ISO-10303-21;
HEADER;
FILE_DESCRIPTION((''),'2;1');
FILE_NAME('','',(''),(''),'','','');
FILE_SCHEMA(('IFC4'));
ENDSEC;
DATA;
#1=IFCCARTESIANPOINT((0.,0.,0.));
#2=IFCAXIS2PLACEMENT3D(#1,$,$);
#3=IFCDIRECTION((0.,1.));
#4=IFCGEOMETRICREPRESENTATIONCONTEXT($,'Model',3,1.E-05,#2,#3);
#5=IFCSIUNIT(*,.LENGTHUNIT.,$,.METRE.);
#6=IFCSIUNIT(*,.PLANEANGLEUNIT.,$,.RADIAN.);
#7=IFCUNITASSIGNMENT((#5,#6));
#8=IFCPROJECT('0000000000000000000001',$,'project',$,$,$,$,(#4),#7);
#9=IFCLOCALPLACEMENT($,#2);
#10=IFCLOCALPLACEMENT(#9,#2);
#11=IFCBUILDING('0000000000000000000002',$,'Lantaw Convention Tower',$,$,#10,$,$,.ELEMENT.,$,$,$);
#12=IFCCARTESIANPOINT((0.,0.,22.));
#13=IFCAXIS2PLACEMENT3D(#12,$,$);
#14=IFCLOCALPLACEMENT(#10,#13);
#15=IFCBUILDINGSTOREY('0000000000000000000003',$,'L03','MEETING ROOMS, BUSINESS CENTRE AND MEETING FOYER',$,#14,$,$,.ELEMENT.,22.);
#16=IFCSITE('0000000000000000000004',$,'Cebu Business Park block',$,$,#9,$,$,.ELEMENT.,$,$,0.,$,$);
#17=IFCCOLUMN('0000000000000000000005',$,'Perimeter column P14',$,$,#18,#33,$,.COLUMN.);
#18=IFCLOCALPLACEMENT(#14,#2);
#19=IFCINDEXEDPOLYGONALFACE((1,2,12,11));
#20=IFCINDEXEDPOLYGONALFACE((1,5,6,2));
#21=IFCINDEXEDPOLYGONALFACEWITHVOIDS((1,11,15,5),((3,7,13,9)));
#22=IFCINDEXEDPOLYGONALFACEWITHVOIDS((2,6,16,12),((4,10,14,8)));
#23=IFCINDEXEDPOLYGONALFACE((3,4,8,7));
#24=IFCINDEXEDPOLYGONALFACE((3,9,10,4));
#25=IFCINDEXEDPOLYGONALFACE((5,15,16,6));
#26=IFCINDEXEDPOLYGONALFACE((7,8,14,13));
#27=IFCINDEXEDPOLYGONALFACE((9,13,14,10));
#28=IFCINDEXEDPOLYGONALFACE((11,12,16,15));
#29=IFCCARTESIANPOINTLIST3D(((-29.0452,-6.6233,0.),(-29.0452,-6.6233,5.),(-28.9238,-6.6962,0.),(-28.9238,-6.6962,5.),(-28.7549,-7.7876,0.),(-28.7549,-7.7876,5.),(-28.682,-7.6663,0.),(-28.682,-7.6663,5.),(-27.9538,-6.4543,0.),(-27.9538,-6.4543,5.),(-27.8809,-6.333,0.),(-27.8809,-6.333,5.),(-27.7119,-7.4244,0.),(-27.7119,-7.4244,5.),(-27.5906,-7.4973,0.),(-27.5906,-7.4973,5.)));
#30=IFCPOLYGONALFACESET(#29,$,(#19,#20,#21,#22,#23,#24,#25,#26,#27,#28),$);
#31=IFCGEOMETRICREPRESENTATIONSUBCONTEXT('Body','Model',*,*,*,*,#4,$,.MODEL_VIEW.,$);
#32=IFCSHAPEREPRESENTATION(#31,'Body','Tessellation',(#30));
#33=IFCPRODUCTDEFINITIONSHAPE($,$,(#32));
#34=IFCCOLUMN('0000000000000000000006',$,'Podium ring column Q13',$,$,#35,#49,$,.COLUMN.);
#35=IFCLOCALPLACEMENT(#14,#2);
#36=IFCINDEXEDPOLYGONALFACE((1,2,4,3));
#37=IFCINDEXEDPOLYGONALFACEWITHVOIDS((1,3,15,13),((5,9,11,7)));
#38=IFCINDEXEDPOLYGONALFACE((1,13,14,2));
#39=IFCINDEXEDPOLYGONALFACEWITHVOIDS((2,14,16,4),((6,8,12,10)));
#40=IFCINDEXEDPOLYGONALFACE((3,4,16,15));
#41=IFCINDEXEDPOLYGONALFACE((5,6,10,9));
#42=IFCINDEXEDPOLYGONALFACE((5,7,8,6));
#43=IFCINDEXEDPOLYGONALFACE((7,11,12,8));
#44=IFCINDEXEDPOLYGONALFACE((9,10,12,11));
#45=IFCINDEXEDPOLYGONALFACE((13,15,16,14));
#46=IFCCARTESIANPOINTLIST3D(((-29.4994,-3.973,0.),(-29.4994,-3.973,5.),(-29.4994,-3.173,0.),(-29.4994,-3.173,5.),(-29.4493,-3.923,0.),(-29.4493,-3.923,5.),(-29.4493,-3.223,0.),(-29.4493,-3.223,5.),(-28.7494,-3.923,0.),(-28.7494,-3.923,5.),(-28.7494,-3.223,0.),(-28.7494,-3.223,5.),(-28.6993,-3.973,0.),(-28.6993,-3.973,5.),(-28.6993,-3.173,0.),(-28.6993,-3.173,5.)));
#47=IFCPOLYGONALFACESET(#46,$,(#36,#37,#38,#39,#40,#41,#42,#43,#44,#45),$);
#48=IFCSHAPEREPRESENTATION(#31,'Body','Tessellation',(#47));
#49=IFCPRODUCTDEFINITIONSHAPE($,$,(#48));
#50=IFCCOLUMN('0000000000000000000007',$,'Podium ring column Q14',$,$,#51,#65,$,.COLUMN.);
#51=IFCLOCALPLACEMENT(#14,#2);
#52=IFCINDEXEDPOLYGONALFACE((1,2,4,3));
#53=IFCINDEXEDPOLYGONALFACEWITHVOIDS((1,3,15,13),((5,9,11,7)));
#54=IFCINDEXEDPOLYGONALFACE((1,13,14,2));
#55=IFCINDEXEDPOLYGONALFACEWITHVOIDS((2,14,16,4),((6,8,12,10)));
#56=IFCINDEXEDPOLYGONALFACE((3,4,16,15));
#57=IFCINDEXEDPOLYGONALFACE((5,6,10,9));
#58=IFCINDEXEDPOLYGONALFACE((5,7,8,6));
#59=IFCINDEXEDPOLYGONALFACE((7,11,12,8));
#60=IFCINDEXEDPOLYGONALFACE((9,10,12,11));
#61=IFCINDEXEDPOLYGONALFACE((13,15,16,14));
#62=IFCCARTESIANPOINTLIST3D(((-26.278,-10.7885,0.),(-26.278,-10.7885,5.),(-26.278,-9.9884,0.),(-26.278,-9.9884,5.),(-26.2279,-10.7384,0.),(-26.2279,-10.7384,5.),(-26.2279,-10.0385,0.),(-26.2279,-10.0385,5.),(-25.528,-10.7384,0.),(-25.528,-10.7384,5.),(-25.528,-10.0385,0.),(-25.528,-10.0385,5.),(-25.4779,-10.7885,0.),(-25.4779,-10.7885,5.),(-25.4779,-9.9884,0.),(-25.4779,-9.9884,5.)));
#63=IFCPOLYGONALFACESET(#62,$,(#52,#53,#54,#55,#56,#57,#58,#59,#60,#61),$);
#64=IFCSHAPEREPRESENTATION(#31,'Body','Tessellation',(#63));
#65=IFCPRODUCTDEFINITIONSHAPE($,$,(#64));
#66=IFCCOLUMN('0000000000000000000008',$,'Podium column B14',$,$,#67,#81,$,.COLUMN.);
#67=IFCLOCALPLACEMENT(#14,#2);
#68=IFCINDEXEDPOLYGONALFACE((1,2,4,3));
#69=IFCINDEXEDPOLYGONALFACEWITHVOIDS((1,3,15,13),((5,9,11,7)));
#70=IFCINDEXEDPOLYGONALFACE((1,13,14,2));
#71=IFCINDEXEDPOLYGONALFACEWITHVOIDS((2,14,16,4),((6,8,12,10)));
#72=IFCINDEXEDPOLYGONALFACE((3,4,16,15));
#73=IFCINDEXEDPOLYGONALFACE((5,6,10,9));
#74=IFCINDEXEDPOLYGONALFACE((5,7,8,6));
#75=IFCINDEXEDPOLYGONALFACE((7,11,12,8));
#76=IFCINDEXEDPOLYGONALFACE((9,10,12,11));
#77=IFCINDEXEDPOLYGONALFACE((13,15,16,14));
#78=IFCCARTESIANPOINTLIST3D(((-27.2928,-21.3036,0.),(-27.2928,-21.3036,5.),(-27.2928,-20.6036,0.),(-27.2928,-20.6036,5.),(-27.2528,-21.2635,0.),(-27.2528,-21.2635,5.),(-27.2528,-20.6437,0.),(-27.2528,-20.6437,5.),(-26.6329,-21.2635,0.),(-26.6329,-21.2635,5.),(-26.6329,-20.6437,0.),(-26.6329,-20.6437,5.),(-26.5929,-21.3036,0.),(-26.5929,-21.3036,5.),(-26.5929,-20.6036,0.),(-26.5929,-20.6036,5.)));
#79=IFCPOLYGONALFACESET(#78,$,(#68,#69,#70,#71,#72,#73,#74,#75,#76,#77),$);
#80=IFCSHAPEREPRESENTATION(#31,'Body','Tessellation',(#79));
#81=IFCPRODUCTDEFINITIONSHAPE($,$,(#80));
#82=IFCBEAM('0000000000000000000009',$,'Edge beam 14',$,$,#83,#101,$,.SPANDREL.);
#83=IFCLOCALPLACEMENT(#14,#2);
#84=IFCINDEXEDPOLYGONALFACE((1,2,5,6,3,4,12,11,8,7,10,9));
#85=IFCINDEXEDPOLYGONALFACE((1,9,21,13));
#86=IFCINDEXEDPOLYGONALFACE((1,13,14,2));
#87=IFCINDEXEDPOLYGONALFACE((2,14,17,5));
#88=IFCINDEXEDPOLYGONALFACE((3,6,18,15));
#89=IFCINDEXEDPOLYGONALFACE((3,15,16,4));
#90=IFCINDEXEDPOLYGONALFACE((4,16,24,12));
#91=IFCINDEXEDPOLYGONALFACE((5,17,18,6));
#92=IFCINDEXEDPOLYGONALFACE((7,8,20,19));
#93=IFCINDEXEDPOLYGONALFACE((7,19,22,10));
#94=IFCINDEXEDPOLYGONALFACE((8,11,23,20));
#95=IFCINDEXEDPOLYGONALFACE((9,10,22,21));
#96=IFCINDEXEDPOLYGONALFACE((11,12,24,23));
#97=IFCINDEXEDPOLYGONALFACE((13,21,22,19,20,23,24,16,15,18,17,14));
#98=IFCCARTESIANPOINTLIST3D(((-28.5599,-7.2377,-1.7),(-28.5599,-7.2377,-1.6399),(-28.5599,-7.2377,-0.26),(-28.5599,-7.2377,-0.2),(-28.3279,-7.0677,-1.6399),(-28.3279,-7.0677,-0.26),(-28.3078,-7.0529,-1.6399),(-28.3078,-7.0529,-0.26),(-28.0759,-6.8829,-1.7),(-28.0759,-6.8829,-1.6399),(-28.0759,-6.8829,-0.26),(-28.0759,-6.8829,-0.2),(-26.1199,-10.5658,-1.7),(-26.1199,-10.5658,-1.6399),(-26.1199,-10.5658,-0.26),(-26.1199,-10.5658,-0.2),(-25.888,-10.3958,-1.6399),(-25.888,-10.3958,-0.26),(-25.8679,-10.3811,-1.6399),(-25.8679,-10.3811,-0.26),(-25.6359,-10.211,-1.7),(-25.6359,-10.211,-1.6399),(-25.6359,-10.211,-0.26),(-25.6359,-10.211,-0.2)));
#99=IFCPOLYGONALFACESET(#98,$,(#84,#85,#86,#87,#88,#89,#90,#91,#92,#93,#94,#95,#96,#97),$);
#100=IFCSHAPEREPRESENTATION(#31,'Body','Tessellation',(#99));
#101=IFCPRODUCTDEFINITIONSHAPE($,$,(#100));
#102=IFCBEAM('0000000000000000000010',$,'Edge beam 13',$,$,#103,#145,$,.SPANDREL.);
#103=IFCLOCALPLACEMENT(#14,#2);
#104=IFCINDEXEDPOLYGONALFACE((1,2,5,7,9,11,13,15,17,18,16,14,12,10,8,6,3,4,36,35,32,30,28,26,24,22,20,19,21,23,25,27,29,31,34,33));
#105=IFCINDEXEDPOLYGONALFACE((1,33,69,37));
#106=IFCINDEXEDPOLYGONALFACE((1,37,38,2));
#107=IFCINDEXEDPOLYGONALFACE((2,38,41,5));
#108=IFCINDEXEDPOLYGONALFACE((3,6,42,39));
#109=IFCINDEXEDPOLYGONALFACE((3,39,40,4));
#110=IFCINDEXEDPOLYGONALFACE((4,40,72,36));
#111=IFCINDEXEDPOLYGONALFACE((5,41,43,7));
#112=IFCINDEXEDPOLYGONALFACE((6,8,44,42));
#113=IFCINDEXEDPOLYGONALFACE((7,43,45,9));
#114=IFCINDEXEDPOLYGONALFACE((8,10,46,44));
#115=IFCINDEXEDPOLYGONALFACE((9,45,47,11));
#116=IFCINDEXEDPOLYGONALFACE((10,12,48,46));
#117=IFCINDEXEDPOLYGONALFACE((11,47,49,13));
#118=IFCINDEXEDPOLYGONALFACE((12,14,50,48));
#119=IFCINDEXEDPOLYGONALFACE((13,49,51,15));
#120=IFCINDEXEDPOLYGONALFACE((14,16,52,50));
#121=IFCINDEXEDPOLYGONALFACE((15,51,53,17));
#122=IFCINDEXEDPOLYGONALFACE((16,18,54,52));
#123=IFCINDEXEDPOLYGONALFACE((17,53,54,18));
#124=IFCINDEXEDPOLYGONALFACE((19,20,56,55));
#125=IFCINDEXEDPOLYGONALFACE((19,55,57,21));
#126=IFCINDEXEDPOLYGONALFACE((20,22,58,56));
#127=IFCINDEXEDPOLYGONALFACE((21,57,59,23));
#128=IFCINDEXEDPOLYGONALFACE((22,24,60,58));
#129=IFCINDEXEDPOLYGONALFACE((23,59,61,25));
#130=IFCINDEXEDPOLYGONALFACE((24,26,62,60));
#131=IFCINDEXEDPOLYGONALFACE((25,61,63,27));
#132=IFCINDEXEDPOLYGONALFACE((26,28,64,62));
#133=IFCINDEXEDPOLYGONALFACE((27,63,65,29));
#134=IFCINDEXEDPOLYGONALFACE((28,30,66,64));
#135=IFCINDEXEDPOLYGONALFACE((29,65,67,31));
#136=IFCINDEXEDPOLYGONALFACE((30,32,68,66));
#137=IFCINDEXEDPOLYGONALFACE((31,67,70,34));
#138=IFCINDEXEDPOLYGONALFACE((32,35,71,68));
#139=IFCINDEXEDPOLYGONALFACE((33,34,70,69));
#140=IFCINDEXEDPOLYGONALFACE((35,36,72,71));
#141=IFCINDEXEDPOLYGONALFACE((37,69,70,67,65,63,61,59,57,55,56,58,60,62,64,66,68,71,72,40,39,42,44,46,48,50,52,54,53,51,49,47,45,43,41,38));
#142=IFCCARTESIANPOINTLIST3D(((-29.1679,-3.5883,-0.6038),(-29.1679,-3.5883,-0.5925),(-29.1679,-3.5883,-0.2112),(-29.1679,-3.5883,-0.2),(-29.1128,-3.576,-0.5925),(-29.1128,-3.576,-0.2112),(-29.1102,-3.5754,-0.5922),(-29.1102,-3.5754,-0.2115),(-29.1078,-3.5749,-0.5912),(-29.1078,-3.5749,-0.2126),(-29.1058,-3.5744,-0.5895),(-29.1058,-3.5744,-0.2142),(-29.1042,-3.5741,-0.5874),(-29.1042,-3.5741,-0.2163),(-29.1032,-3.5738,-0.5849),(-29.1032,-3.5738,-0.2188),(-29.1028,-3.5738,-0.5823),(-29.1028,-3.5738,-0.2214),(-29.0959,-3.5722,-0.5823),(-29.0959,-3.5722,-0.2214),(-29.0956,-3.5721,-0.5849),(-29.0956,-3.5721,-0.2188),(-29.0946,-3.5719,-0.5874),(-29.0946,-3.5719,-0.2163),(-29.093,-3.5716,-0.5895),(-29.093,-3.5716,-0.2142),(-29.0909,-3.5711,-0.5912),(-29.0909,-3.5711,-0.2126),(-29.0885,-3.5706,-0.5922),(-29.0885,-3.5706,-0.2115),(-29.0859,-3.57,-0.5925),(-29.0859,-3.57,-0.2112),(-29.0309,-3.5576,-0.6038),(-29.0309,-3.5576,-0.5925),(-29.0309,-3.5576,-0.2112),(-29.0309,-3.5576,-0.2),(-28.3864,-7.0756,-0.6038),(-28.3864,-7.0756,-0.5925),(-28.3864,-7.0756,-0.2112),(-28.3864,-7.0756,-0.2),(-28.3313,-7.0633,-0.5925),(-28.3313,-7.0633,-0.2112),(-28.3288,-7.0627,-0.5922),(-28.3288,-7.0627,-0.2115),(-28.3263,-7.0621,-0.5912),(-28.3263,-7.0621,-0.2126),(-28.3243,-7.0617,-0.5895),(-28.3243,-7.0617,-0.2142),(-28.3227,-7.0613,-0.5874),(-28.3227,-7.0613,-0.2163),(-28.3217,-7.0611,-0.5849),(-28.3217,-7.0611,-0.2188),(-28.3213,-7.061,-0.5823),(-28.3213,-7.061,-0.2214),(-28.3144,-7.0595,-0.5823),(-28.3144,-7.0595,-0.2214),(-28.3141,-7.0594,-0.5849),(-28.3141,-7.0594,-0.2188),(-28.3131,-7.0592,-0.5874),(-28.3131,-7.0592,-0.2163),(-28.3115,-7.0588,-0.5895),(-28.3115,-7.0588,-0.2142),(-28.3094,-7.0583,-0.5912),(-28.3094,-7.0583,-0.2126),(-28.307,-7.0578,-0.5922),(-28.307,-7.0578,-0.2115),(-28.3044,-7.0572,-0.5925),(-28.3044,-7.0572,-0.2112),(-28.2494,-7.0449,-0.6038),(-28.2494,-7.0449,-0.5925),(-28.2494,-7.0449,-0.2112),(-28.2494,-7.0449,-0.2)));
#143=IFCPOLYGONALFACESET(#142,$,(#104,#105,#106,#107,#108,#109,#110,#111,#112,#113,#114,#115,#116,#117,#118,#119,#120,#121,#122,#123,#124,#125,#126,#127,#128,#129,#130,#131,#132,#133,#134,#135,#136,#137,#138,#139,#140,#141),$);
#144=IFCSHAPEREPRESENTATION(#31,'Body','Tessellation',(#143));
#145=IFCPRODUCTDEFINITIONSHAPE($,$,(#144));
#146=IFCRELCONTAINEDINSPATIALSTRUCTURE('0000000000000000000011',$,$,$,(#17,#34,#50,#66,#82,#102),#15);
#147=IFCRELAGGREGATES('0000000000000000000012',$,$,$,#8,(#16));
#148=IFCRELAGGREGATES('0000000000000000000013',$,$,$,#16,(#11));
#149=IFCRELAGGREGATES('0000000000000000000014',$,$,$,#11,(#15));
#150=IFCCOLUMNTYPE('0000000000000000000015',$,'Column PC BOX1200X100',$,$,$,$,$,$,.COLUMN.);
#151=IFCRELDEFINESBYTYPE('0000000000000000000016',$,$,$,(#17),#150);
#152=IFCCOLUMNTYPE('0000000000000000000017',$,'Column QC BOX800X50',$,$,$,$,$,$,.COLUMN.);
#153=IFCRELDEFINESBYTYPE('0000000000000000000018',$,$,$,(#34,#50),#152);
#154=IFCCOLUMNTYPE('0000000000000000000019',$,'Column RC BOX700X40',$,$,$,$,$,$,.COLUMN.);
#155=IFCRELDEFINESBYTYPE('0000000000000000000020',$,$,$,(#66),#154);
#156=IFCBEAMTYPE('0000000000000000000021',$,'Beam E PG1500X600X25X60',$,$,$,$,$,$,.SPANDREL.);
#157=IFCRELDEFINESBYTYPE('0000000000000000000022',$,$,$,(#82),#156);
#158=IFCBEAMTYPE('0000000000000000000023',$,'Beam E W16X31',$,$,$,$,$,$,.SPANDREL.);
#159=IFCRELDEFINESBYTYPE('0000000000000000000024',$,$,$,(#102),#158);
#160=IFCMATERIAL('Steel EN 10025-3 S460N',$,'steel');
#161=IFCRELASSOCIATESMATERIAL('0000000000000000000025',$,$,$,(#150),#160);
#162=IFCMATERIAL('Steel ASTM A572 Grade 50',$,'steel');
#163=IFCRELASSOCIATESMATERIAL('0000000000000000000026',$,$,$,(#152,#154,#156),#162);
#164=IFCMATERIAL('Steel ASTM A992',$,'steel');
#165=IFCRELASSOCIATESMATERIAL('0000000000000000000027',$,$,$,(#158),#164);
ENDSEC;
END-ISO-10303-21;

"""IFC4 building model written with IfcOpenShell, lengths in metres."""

from ifc_helpers import new_model, si_unit, direction, frame, origin, origin_2d, place, context, subcontext, project, spatial, rectangle, hollow_rectangle, i_section, extrude, material, material_profile, profile_set, type_object, element, save


model = new_model("IFC4")

# Units and contexts
model_context = context("Model", 3, precision=1e-05, world=origin(), true_north=direction((0.0, 1.0)))
body_context = subcontext(model_context, "Body", "Model", "MODEL_VIEW")
ifc_project = project(units=[si_unit("LENGTHUNIT", "METRE"), si_unit("PLANEANGLEUNIT", "RADIAN")], contexts=[model_context])

# Site, building, storey
site_placement = place(None, origin())
site = spatial("IfcSite", under=ifc_project, at=site_placement, Name="Cebu Business Park block", CompositionType="ELEMENT", RefElevation=0.0)
building_placement = place(site_placement, origin())
building = spatial("IfcBuilding", under=site, at=building_placement, Name="Lantaw Convention Tower", CompositionType="ELEMENT")
storey_placement = place(building_placement, frame((0.0, 0.0, 22.0)))
storey = spatial("IfcBuildingStorey", under=building, at=storey_placement, Name="L03", Description="MEETING ROOMS, BUSINESS CENTRE AND MEETING FOYER", CompositionType="ELEMENT", Elevation=22.0)

# Columns
ifc_material_1 = material(Name="Steel EN 10025-3 S460N", Category="steel")
ifc_material_profile_1 = material_profile(ifc_material_1, hollow_rectangle(XDim=1.2, YDim=1.2, WallThickness=0.1001, at=origin_2d()), Name="BOX1200X100")
ifc_material_2 = material(Name="Concrete C60/75", Category="concrete")
ifc_material_profile_2 = material_profile(ifc_material_2, rectangle(XDim=1.0, YDim=1.0, at=origin_2d()), Name="Concrete fill of BOX1200X100")
ifc_profile_set_1 = profile_set([ifc_material_profile_1, ifc_material_profile_2], Name="Steel EN 10025-3 S460N")
column_type_1 = type_object("IfcColumnType", Name="Column PC BOX1200X100", PredefinedType="COLUMN", material=ifc_profile_set_1)
column_1_placement = place(storey_placement, frame((-28.3179, -7.0603, 0.0), z_axis=(0.0, 0.0, 1.0), x_axis=(0.970296, 0.241922, 0.0)))
element("IfcColumn", 1, at=column_1_placement, inside=storey, type_object=column_type_1, Name="Perimeter column P14", PredefinedType="COLUMN", context=body_context, shape_type="SweptSolid", body=[
    extrude(hollow_rectangle(XDim=1.2, YDim=1.2, WallThickness=0.1001, at=origin_2d()), origin(), (0.0, 0.0, 1.0), 5.0),
])
ifc_material_3 = material(Name="Steel ASTM A572 Grade 50", Category="steel")
ifc_material_profile_3 = material_profile(ifc_material_3, hollow_rectangle(XDim=0.8, YDim=0.8, WallThickness=0.05, at=origin_2d()), Name="BOX800X50")
ifc_profile_set_2 = profile_set([ifc_material_profile_3], Name="Steel ASTM A572 Grade 50")
column_type_2 = type_object("IfcColumnType", Name="Column QC BOX800X50", PredefinedType="COLUMN", material=ifc_profile_set_2)
for number, where, z_axis, x_axis, name in (
    (2, (-29.0994, -3.573, 0.0), (0.0, 0.0, 1.0), (1.0, 0.0, 0.0), "Podium ring column Q13"),
    (3, (-25.8779, -10.3884, 0.0), (0.0, 0.0, 1.0), (1.0, 0.0, 0.0), "Podium ring column Q14"),
):
    element("IfcColumn", number, at=place(storey_placement, frame(where, z_axis=z_axis, x_axis=x_axis)), inside=storey, type_object=column_type_2, Name=name, PredefinedType="COLUMN", context=body_context, shape_type="SweptSolid", body=[
        extrude(hollow_rectangle(XDim=0.8, YDim=0.8, WallThickness=0.05, at=origin_2d()), origin(), (0.0, 0.0, 1.0), 5.0),
    ])
ifc_material_profile_4 = material_profile(ifc_material_3, hollow_rectangle(XDim=0.7, YDim=0.7, WallThickness=0.04, at=origin_2d()), Name="BOX700X40")
ifc_profile_set_3 = profile_set([ifc_material_profile_4], Name="Steel ASTM A572 Grade 50")
column_type_3 = type_object("IfcColumnType", Name="Column RC BOX700X40", PredefinedType="COLUMN", material=ifc_profile_set_3)
column_2_placement = place(storey_placement, frame((-26.9429, -20.9536, 0.0), z_axis=(0.0, 0.0, 1.0), x_axis=(1.0, 0.0, 0.0)))
element("IfcColumn", 4, at=column_2_placement, inside=storey, type_object=column_type_3, Name="Podium column B14", PredefinedType="COLUMN", context=body_context, shape_type="SweptSolid", body=[
    extrude(hollow_rectangle(XDim=0.7, YDim=0.7, WallThickness=0.04, at=origin_2d()), origin(), (0.0, 0.0, 1.0), 5.0),
])

# Beams
ifc_material_profile_5 = material_profile(ifc_material_3, i_section(OverallWidth=0.6001, OverallDepth=1.5, WebThickness=0.0249, FlangeThickness=0.0601, at=origin_2d()), Name="PG1500X600X25X60")
ifc_profile_set_4 = profile_set([ifc_material_profile_5], Name="Steel ASTM A572 Grade 50")
beam_type_1 = type_object("IfcBeamType", Name="Beam E PG1500X600X25X60", PredefinedType="SPANDREL", material=ifc_profile_set_4)
beam_1_placement = place(storey_placement, frame((-28.3179, -7.0603, -0.95), z_axis=(0.591256, -0.806484, 0.0), x_axis=(0.806484, 0.591256, 0.0)))
element("IfcBeam", 5, at=beam_1_placement, inside=storey, type_object=beam_type_1, Name="Edge beam 14", PredefinedType="SPANDREL", context=body_context, shape_type="SweptSolid", body=[
    extrude(i_section(OverallWidth=0.6001, OverallDepth=1.5, WebThickness=0.0249, FlangeThickness=0.0601, at=origin_2d()), origin(), (0.0, 0.0, 1.0), 4.1267),
])
ifc_material_4 = material(Name="Steel ASTM A992", Category="steel")
ifc_material_profile_6 = material_profile(ifc_material_4, i_section(OverallWidth=0.1404, OverallDepth=0.4038, WebThickness=0.0071, FlangeThickness=0.0112, FilletRadius=0.0103, at=origin_2d()), Name="W16X31")
ifc_profile_set_5 = profile_set([ifc_material_profile_6], Name="Steel ASTM A992")
beam_type_2 = type_object("IfcBeamType", Name="Beam E W16X31", PredefinedType="SPANDREL", material=ifc_profile_set_5)
beam_2_placement = place(storey_placement, frame((-29.0994, -3.573, -0.4019), z_axis=(0.218673, -0.975798, 0.0), x_axis=(0.975798, 0.218673, 0.0)))
element("IfcBeam", 6, at=beam_2_placement, inside=storey, type_object=beam_type_2, Name="Edge beam 13", PredefinedType="SPANDREL", context=body_context, shape_type="SweptSolid", body=[
    extrude(i_section(OverallWidth=0.1404, OverallDepth=0.4038, WebThickness=0.0071, FlangeThickness=0.0112, FilletRadius=0.0103, at=origin_2d()), origin(), (0.0, 0.0, 1.0), 3.5737),
])

save(model, "model.ifc")
